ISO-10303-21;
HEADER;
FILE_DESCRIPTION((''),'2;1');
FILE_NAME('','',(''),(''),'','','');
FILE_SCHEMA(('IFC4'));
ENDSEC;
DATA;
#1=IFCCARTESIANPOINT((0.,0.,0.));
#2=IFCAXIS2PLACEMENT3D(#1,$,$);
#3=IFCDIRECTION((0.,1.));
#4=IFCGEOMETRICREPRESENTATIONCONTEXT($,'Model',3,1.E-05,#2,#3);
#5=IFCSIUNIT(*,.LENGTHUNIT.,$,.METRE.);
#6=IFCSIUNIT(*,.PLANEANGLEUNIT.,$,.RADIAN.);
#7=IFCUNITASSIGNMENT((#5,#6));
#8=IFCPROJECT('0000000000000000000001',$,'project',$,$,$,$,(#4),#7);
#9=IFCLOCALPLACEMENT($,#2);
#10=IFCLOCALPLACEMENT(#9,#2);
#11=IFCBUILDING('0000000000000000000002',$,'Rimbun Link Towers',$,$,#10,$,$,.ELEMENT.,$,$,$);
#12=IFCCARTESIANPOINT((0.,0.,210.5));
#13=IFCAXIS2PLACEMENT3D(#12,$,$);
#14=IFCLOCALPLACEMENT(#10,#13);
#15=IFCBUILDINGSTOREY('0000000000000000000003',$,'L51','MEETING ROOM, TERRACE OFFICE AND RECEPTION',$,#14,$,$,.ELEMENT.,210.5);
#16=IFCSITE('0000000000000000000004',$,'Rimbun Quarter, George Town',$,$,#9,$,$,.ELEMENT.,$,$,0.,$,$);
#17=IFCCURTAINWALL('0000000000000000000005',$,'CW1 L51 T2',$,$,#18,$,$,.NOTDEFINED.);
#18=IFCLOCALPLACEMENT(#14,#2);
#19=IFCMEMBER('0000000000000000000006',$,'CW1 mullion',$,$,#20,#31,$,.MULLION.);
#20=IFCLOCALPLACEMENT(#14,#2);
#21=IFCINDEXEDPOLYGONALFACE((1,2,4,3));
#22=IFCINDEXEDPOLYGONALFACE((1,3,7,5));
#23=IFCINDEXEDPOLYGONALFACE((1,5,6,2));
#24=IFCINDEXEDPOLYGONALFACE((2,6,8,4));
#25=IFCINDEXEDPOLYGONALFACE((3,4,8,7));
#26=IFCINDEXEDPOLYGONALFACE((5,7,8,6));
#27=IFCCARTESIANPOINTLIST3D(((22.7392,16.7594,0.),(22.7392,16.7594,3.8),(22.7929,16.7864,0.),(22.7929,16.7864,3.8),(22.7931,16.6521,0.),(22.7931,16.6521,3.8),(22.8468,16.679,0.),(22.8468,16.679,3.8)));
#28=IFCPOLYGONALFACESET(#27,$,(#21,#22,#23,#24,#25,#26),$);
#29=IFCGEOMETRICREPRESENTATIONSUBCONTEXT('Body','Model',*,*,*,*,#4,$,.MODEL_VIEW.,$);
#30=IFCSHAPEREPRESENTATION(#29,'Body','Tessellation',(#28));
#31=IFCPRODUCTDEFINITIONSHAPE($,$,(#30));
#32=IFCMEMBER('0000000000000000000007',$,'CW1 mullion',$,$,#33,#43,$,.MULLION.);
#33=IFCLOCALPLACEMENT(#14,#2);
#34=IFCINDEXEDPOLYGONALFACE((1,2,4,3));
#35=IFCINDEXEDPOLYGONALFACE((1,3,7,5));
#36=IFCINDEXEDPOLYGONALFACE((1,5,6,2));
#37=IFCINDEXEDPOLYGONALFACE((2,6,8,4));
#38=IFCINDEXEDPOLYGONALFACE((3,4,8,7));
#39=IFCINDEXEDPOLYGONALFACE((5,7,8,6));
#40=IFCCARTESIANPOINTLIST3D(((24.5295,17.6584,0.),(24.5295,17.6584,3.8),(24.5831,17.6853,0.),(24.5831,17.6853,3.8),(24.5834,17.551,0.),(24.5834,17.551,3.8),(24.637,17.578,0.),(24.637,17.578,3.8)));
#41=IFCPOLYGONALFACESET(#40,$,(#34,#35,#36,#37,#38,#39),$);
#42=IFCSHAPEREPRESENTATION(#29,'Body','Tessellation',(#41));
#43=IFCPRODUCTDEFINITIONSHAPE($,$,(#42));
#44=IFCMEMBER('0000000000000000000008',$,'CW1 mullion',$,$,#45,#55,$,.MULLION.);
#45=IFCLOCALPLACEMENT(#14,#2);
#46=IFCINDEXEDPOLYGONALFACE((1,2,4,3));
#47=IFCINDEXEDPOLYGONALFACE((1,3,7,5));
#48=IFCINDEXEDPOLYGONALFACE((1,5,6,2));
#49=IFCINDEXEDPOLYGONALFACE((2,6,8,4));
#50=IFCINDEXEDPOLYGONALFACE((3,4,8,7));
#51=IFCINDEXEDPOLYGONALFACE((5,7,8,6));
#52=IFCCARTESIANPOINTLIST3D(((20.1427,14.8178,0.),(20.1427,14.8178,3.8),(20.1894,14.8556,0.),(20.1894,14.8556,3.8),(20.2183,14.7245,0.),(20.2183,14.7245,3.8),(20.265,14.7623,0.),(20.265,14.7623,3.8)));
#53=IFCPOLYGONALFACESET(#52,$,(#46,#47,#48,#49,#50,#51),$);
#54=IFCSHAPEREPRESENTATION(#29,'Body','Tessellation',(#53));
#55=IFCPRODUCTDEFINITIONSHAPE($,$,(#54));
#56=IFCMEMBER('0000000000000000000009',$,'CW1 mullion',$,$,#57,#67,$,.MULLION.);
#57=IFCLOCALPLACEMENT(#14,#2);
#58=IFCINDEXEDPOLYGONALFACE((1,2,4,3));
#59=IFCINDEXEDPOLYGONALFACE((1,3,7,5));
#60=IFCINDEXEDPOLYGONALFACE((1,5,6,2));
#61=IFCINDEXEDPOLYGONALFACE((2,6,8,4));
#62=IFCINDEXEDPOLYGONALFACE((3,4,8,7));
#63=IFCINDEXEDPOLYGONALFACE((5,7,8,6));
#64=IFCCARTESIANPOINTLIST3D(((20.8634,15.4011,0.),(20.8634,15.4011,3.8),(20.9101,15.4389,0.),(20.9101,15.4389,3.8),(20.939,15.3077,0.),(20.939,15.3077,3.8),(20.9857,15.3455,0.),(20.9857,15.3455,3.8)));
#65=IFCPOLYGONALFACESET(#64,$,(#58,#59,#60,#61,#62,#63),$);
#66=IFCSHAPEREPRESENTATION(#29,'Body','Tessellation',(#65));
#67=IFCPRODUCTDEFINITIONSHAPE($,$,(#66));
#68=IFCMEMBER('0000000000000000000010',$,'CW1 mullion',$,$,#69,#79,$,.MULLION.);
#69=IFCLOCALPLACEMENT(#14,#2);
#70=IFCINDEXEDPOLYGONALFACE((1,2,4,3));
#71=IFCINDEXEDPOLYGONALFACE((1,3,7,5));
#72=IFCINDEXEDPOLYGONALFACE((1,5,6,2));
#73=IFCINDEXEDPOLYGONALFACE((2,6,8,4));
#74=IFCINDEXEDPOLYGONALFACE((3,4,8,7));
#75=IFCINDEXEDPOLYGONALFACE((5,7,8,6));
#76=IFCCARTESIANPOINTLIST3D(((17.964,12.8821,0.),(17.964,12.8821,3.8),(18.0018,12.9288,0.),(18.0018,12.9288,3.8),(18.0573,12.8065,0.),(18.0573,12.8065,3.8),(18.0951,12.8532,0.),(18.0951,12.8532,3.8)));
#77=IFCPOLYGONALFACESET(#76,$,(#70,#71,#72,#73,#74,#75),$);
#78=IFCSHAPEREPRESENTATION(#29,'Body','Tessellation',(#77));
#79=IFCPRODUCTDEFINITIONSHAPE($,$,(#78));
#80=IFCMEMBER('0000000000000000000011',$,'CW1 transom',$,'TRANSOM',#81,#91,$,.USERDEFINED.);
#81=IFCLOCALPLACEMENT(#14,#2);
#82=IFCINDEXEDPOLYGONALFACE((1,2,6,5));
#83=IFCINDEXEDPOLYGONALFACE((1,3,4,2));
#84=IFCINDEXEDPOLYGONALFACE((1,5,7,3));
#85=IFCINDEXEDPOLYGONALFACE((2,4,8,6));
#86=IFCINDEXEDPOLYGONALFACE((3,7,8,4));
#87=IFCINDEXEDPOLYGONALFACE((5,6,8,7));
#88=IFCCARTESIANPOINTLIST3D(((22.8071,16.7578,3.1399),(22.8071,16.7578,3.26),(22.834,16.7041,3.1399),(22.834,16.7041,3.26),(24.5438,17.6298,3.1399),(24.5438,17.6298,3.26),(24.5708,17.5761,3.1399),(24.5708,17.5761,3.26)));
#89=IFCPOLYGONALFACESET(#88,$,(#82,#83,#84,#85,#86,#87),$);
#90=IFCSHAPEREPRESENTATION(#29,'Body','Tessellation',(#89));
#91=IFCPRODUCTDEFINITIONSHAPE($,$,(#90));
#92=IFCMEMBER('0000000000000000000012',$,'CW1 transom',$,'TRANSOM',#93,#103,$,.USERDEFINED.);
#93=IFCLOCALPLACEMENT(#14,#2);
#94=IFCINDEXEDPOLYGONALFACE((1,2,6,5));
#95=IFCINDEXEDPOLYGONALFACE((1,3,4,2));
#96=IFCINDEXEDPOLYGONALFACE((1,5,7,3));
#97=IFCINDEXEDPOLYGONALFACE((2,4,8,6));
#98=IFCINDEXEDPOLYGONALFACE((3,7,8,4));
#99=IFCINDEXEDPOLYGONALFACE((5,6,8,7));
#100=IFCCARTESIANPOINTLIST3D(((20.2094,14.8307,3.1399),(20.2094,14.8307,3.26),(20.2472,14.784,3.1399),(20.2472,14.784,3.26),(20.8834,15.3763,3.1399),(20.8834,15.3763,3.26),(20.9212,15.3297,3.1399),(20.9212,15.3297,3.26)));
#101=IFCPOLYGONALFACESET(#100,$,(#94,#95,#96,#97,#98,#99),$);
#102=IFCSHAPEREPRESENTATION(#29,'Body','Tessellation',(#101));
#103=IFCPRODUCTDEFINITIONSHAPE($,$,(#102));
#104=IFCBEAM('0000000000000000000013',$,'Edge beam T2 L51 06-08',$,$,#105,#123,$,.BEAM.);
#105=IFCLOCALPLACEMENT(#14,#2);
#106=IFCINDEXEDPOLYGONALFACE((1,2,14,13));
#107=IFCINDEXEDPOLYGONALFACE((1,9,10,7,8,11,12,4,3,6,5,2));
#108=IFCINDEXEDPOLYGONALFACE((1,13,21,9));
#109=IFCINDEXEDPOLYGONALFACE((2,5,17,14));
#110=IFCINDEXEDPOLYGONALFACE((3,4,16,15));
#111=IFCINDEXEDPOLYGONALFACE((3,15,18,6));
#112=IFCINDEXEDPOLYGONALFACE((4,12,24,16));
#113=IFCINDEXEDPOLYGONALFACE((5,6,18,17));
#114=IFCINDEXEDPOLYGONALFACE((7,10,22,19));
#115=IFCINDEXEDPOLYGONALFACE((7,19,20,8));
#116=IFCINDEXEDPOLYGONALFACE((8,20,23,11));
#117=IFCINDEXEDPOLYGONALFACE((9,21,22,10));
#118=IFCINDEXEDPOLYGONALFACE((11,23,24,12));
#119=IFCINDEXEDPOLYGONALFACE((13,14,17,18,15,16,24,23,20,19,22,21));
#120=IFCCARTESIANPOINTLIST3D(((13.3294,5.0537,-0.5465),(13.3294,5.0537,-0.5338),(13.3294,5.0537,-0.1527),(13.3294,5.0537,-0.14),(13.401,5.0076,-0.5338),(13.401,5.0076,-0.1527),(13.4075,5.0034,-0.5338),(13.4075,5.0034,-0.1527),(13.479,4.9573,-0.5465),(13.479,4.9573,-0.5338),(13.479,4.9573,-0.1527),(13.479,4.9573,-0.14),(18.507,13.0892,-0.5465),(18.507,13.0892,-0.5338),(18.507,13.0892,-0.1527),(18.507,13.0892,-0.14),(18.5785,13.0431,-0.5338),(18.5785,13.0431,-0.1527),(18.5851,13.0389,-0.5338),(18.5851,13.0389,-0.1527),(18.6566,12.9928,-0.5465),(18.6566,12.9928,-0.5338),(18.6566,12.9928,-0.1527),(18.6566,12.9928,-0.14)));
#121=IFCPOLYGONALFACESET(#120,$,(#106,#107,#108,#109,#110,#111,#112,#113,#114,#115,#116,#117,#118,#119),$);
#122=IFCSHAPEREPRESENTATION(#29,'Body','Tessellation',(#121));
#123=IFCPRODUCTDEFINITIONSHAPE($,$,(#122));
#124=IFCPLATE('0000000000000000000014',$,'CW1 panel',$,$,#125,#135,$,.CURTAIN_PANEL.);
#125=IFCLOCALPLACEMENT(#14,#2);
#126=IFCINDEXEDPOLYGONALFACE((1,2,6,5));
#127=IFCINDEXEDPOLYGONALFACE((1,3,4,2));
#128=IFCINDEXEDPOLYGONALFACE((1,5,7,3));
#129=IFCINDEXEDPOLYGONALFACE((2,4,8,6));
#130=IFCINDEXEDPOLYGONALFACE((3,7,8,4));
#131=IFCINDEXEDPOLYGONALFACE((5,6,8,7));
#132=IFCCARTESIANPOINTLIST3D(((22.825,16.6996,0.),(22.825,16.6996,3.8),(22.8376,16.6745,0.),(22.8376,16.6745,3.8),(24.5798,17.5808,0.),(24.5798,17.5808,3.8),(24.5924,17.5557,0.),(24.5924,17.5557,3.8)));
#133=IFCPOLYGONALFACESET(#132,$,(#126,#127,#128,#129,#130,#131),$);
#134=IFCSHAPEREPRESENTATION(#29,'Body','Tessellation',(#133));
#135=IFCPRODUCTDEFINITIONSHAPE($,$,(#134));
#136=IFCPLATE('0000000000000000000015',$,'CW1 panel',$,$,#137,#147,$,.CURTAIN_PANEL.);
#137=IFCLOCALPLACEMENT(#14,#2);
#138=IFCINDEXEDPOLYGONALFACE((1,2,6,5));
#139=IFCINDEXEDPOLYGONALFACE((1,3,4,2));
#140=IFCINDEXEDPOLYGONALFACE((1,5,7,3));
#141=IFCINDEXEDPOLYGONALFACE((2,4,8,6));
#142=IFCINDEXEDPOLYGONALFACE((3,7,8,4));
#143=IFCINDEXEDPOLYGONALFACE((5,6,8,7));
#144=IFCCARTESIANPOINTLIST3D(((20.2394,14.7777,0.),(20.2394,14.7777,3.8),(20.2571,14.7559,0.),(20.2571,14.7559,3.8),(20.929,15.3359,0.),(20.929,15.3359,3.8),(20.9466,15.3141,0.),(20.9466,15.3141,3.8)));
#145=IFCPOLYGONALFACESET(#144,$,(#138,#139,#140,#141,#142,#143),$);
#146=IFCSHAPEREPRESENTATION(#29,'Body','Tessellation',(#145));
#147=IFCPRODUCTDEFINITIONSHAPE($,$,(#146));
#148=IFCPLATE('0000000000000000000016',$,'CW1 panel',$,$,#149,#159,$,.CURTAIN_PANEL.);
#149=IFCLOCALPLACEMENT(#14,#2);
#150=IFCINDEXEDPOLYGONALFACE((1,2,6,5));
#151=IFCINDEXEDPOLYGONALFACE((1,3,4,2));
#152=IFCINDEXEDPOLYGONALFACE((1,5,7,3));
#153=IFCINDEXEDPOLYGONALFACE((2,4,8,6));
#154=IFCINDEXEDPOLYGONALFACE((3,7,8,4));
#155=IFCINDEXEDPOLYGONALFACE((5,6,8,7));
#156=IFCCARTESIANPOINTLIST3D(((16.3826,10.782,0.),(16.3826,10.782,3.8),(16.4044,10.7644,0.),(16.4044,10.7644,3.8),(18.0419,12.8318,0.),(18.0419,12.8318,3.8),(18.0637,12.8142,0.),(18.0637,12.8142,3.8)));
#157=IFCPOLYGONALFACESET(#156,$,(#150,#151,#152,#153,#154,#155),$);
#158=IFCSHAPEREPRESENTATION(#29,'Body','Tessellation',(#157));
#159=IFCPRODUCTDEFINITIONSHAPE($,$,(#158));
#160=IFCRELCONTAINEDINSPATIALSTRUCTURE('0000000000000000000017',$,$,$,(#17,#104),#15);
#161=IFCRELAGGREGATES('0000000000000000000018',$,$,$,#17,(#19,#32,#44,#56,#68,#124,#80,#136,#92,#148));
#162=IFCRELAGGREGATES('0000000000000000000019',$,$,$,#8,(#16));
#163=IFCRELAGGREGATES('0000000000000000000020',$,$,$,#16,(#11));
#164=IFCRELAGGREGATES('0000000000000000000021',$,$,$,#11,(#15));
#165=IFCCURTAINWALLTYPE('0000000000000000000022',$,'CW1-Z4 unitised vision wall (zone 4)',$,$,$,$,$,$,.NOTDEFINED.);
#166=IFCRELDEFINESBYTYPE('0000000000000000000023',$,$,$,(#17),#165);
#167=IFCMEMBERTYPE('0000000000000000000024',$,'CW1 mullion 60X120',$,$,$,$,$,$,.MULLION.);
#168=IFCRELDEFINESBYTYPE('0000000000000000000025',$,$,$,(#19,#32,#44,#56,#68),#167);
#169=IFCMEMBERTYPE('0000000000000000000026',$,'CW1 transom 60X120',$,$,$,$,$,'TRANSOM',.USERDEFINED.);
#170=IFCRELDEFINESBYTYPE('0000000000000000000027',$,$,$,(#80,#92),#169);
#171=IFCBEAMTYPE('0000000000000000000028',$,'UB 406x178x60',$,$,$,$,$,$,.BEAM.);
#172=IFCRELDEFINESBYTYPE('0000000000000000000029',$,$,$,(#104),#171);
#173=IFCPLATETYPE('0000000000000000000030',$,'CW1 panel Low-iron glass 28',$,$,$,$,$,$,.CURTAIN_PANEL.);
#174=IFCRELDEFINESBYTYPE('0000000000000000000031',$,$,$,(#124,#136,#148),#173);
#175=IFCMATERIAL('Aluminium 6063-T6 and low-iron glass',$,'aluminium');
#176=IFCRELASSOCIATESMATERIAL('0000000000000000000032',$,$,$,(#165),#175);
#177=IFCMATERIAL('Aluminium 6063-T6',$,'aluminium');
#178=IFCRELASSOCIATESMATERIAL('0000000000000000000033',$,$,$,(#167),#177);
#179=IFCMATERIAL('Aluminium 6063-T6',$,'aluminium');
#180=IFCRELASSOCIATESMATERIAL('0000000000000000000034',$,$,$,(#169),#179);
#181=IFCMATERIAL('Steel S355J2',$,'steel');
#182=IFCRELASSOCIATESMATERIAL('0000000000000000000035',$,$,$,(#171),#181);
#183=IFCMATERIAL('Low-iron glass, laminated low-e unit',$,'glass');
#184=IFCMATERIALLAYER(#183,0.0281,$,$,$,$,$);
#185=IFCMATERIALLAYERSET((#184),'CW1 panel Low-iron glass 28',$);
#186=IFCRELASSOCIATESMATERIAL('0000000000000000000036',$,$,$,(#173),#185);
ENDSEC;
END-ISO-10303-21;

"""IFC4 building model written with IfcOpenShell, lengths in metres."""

from ifc_helpers import new_model, si_unit, direction, frame, origin, origin_2d, place, context, subcontext, project, spatial, rectangle, i_section, extrude, material, layer, layer_set, material_profile, profile_set, type_object, element, aggregate, save


model = new_model("IFC4")

# Units and contexts
model_context = context("Model", 3, precision=1e-05, world=origin(), true_north=direction((0.0, 1.0)))
body_context = subcontext(model_context, "Body", "Model", "MODEL_VIEW")
ifc_project = project(units=[si_unit("LENGTHUNIT", "METRE"), si_unit("PLANEANGLEUNIT", "RADIAN")], contexts=[model_context])

# Site, building, storey
site_placement = place(None, origin())
site = spatial("IfcSite", under=ifc_project, at=site_placement, Name="Rimbun Quarter, George Town", CompositionType="ELEMENT", RefElevation=0.0)
building_placement = place(site_placement, origin())
building = spatial("IfcBuilding", under=site, at=building_placement, Name="Rimbun Link Towers", CompositionType="ELEMENT")
storey_placement = place(building_placement, frame((0.0, 0.0, 210.5)))
storey = spatial("IfcBuildingStorey", under=building, at=storey_placement, Name="L51", Description="MEETING ROOM, TERRACE OFFICE AND RECEPTION", CompositionType="ELEMENT", Elevation=210.5)

# Curtain wall, members
ifc_material_1 = material(Name="Aluminium 6063-T6 and low-iron glass", Category="aluminium")
curtain_wall_type = type_object("IfcCurtainWallType", Name="CW1-Z4 unitised vision wall (zone 4)", PredefinedType="NOTDEFINED", material=ifc_material_1)
curtain_wall_placement = place(storey_placement, origin())
curtain_wall = element("IfcCurtainWall", 1, at=curtain_wall_placement, inside=storey, type_object=curtain_wall_type, Name="CW1 L51 T2", PredefinedType="NOTDEFINED")
ifc_material_2 = material(Name="Aluminium 6063-T6", Category="aluminium")
ifc_material_profile_1 = material_profile(ifc_material_2, rectangle(XDim=0.1201, YDim=0.0601, at=origin_2d()), Name="MULLION 60X120")
ifc_profile_set_1 = profile_set([ifc_material_profile_1], Name="Aluminium 6063-T6")
member_type_1 = type_object("IfcMemberType", Name="CW1 mullion 60X120", PredefinedType="MULLION", material=ifc_profile_set_1)
member_1_placement = place(storey_placement, frame((22.793, 16.7192, 0.0), z_axis=(0.0, 0.0, 1.0), x_axis=(-0.448764, 0.89365, 0.0)))
member_1 = element("IfcMember", 2, at=member_1_placement, type_object=member_type_1, Name="CW1 mullion", PredefinedType="MULLION", context=body_context, shape_type="SweptSolid", body=[
    extrude(rectangle(XDim=0.1201, YDim=0.0601, at=origin_2d()), origin(), (0.0, 0.0, 1.0), 3.8),
])
member_2_placement = place(storey_placement, frame((24.5833, 17.6182, 0.0), z_axis=(0.0, 0.0, 1.0), x_axis=(-0.448764, 0.89365, 0.0)))
member_2 = element("IfcMember", 3, at=member_2_placement, type_object=member_type_1, Name="CW1 mullion", PredefinedType="MULLION", context=body_context, shape_type="SweptSolid", body=[
    extrude(rectangle(XDim=0.1201, YDim=0.0601, at=origin_2d()), origin(), (0.0, 0.0, 1.0), 3.8),
])
member_3_placement = place(storey_placement, frame((20.2039, 14.79, 0.0), z_axis=(0.0, 0.0, 1.0), x_axis=(-0.629172, 0.777266, 0.0)))
member_3 = element("IfcMember", 4, at=member_3_placement, type_object=member_type_1, Name="CW1 mullion", PredefinedType="MULLION", context=body_context, shape_type="SweptSolid", body=[
    extrude(rectangle(XDim=0.1201, YDim=0.0601, at=origin_2d()), origin(), (0.0, 0.0, 1.0), 3.8),
])
member_4_placement = place(storey_placement, frame((20.9246, 15.3733, 0.0), z_axis=(0.0, 0.0, 1.0), x_axis=(-0.629172, 0.777266, 0.0)))
member_4 = element("IfcMember", 5, at=member_4_placement, type_object=member_type_1, Name="CW1 mullion", PredefinedType="MULLION", context=body_context, shape_type="SweptSolid", body=[
    extrude(rectangle(XDim=0.1201, YDim=0.0601, at=origin_2d()), origin(), (0.0, 0.0, 1.0), 3.8),
])
member_5_placement = place(storey_placement, frame((18.0295, 12.8677, 0.0), z_axis=(0.0, 0.0, 1.0), x_axis=(-0.777266, 0.629172, 0.0)))
member_5 = element("IfcMember", 6, at=member_5_placement, type_object=member_type_1, Name="CW1 mullion", PredefinedType="MULLION", context=body_context, shape_type="SweptSolid", body=[
    extrude(rectangle(XDim=0.1201, YDim=0.0601, at=origin_2d()), origin(), (0.0, 0.0, 1.0), 3.8),
])
ifc_material_3 = material(Name="Aluminium 6063-T6", Category="aluminium")
ifc_material_profile_2 = material_profile(ifc_material_3, rectangle(XDim=0.0601, YDim=0.1201, at=origin_2d()), Name="TRANSOM 60X120")
ifc_profile_set_2 = profile_set([ifc_material_profile_2], Name="Aluminium 6063-T6")
member_type_2 = type_object("IfcMemberType", Name="CW1 transom 60X120", ElementType="TRANSOM", PredefinedType="USERDEFINED", material=ifc_profile_set_2)
member_6_placement = place(storey_placement, frame((22.8206, 16.731, 3.2), z_axis=(0.893672, 0.44872, 0.0), x_axis=(-0.44872, 0.893672, 0.0)))
member_6 = element("IfcMember", 7, at=member_6_placement, type_object=member_type_2, Name="CW1 transom", ObjectType="TRANSOM", PredefinedType="USERDEFINED", context=body_context, shape_type="SweptSolid", body=[
    extrude(rectangle(XDim=0.0601, YDim=0.1201, at=origin_2d()), origin(), (0.0, 0.0, 1.0), 1.9434),
])
member_7_placement = place(storey_placement, frame((20.2283, 14.8074, 3.2), z_axis=(0.777258, 0.629182, 0.0), x_axis=(-0.629182, 0.777258, 0.0)))
member_7 = element("IfcMember", 8, at=member_7_placement, type_object=member_type_2, Name="CW1 transom", ObjectType="TRANSOM", PredefinedType="USERDEFINED", context=body_context, shape_type="SweptSolid", body=[
    extrude(rectangle(XDim=0.0601, YDim=0.1201, at=origin_2d()), origin(), (0.0, 0.0, 1.0), 0.8672),
])

# Beam
ifc_material_4 = material(Name="Steel S355J2", Category="steel")
ifc_material_profile_3 = material_profile(ifc_material_4, i_section(OverallWidth=0.178, OverallDepth=0.4065, WebThickness=0.0078, FlangeThickness=0.0127, at=origin_2d()), Name="UB 406x178x60")
ifc_profile_set_3 = profile_set([ifc_material_profile_3], Name="Steel S355J2")
beam_type = type_object("IfcBeamType", Name="UB 406x178x60", PredefinedType="BEAM", material=ifc_profile_set_3)
beam_placement = place(storey_placement, frame((18.5818, 13.041, -0.3433), z_axis=(-0.541636, -0.840613, 0.0), x_axis=(0.840613, -0.541636, 0.0)))
element("IfcBeam", 9, at=beam_placement, inside=storey, type_object=beam_type, Name="Edge beam T2 L51 06-08", PredefinedType="BEAM", context=body_context, shape_type="SweptSolid", body=[
    extrude(i_section(OverallWidth=0.178, OverallDepth=0.4065, WebThickness=0.0078, FlangeThickness=0.0127, at=origin_2d()), origin(), (0.0, 0.0, 1.0), 9.5591),
])

# Plates
ifc_material_5 = material(Name="Low-iron glass, laminated low-e unit", Category="glass")
ifc_layer_1 = layer(ifc_material_5, 0.0281)
ifc_layer_set_1 = layer_set([ifc_layer_1], Name="CW1 panel Low-iron glass 28")
plate_type = type_object("IfcPlateType", Name="CW1 panel Low-iron glass 28", PredefinedType="CURTAIN_PANEL", material=ifc_layer_set_1)
plate_1_placement = place(storey_placement, frame((23.7087, 17.1277, 0.0), z_axis=(0.0, 0.0, 1.0), x_axis=(0.89365, 0.448764, 0.0)))
plate_1 = element("IfcPlate", 10, at=plate_1_placement, type_object=plate_type, Name="CW1 panel", PredefinedType="CURTAIN_PANEL", context=body_context, shape_type="SweptSolid", body=[
    extrude(rectangle(XDim=1.9636, YDim=0.0281, at=origin_2d()), origin(), (0.0, 0.0, 1.0), 3.8),
])
plate_2_placement = place(storey_placement, frame((20.593, 15.0459, 0.0), z_axis=(0.0, 0.0, 1.0), x_axis=(0.777266, 0.629172, 0.0)))
plate_2 = element("IfcPlate", 11, at=plate_2_placement, type_object=plate_type, Name="CW1 panel", PredefinedType="CURTAIN_PANEL", context=body_context, shape_type="SweptSolid", body=[
    extrude(rectangle(XDim=0.8872, YDim=0.0281, at=origin_2d()), origin(), (0.0, 0.0, 1.0), 3.8),
])
plate_3_placement = place(storey_placement, frame((17.2231, 11.7981, 0.0), z_axis=(0.0, 0.0, 1.0), x_axis=(0.629172, 0.777266, 0.0)))
plate_3 = element("IfcPlate", 12, at=plate_3_placement, type_object=plate_type, Name="CW1 panel", PredefinedType="CURTAIN_PANEL", context=body_context, shape_type="SweptSolid", body=[
    extrude(rectangle(XDim=2.6372, YDim=0.0281, at=origin_2d()), origin(), (0.0, 0.0, 1.0), 3.8),
])
aggregate(curtain_wall, [member_1, member_2, member_3, member_4, member_5, plate_1, member_6, plate_2, member_7, plate_3])

save(model, "model.ifc")
